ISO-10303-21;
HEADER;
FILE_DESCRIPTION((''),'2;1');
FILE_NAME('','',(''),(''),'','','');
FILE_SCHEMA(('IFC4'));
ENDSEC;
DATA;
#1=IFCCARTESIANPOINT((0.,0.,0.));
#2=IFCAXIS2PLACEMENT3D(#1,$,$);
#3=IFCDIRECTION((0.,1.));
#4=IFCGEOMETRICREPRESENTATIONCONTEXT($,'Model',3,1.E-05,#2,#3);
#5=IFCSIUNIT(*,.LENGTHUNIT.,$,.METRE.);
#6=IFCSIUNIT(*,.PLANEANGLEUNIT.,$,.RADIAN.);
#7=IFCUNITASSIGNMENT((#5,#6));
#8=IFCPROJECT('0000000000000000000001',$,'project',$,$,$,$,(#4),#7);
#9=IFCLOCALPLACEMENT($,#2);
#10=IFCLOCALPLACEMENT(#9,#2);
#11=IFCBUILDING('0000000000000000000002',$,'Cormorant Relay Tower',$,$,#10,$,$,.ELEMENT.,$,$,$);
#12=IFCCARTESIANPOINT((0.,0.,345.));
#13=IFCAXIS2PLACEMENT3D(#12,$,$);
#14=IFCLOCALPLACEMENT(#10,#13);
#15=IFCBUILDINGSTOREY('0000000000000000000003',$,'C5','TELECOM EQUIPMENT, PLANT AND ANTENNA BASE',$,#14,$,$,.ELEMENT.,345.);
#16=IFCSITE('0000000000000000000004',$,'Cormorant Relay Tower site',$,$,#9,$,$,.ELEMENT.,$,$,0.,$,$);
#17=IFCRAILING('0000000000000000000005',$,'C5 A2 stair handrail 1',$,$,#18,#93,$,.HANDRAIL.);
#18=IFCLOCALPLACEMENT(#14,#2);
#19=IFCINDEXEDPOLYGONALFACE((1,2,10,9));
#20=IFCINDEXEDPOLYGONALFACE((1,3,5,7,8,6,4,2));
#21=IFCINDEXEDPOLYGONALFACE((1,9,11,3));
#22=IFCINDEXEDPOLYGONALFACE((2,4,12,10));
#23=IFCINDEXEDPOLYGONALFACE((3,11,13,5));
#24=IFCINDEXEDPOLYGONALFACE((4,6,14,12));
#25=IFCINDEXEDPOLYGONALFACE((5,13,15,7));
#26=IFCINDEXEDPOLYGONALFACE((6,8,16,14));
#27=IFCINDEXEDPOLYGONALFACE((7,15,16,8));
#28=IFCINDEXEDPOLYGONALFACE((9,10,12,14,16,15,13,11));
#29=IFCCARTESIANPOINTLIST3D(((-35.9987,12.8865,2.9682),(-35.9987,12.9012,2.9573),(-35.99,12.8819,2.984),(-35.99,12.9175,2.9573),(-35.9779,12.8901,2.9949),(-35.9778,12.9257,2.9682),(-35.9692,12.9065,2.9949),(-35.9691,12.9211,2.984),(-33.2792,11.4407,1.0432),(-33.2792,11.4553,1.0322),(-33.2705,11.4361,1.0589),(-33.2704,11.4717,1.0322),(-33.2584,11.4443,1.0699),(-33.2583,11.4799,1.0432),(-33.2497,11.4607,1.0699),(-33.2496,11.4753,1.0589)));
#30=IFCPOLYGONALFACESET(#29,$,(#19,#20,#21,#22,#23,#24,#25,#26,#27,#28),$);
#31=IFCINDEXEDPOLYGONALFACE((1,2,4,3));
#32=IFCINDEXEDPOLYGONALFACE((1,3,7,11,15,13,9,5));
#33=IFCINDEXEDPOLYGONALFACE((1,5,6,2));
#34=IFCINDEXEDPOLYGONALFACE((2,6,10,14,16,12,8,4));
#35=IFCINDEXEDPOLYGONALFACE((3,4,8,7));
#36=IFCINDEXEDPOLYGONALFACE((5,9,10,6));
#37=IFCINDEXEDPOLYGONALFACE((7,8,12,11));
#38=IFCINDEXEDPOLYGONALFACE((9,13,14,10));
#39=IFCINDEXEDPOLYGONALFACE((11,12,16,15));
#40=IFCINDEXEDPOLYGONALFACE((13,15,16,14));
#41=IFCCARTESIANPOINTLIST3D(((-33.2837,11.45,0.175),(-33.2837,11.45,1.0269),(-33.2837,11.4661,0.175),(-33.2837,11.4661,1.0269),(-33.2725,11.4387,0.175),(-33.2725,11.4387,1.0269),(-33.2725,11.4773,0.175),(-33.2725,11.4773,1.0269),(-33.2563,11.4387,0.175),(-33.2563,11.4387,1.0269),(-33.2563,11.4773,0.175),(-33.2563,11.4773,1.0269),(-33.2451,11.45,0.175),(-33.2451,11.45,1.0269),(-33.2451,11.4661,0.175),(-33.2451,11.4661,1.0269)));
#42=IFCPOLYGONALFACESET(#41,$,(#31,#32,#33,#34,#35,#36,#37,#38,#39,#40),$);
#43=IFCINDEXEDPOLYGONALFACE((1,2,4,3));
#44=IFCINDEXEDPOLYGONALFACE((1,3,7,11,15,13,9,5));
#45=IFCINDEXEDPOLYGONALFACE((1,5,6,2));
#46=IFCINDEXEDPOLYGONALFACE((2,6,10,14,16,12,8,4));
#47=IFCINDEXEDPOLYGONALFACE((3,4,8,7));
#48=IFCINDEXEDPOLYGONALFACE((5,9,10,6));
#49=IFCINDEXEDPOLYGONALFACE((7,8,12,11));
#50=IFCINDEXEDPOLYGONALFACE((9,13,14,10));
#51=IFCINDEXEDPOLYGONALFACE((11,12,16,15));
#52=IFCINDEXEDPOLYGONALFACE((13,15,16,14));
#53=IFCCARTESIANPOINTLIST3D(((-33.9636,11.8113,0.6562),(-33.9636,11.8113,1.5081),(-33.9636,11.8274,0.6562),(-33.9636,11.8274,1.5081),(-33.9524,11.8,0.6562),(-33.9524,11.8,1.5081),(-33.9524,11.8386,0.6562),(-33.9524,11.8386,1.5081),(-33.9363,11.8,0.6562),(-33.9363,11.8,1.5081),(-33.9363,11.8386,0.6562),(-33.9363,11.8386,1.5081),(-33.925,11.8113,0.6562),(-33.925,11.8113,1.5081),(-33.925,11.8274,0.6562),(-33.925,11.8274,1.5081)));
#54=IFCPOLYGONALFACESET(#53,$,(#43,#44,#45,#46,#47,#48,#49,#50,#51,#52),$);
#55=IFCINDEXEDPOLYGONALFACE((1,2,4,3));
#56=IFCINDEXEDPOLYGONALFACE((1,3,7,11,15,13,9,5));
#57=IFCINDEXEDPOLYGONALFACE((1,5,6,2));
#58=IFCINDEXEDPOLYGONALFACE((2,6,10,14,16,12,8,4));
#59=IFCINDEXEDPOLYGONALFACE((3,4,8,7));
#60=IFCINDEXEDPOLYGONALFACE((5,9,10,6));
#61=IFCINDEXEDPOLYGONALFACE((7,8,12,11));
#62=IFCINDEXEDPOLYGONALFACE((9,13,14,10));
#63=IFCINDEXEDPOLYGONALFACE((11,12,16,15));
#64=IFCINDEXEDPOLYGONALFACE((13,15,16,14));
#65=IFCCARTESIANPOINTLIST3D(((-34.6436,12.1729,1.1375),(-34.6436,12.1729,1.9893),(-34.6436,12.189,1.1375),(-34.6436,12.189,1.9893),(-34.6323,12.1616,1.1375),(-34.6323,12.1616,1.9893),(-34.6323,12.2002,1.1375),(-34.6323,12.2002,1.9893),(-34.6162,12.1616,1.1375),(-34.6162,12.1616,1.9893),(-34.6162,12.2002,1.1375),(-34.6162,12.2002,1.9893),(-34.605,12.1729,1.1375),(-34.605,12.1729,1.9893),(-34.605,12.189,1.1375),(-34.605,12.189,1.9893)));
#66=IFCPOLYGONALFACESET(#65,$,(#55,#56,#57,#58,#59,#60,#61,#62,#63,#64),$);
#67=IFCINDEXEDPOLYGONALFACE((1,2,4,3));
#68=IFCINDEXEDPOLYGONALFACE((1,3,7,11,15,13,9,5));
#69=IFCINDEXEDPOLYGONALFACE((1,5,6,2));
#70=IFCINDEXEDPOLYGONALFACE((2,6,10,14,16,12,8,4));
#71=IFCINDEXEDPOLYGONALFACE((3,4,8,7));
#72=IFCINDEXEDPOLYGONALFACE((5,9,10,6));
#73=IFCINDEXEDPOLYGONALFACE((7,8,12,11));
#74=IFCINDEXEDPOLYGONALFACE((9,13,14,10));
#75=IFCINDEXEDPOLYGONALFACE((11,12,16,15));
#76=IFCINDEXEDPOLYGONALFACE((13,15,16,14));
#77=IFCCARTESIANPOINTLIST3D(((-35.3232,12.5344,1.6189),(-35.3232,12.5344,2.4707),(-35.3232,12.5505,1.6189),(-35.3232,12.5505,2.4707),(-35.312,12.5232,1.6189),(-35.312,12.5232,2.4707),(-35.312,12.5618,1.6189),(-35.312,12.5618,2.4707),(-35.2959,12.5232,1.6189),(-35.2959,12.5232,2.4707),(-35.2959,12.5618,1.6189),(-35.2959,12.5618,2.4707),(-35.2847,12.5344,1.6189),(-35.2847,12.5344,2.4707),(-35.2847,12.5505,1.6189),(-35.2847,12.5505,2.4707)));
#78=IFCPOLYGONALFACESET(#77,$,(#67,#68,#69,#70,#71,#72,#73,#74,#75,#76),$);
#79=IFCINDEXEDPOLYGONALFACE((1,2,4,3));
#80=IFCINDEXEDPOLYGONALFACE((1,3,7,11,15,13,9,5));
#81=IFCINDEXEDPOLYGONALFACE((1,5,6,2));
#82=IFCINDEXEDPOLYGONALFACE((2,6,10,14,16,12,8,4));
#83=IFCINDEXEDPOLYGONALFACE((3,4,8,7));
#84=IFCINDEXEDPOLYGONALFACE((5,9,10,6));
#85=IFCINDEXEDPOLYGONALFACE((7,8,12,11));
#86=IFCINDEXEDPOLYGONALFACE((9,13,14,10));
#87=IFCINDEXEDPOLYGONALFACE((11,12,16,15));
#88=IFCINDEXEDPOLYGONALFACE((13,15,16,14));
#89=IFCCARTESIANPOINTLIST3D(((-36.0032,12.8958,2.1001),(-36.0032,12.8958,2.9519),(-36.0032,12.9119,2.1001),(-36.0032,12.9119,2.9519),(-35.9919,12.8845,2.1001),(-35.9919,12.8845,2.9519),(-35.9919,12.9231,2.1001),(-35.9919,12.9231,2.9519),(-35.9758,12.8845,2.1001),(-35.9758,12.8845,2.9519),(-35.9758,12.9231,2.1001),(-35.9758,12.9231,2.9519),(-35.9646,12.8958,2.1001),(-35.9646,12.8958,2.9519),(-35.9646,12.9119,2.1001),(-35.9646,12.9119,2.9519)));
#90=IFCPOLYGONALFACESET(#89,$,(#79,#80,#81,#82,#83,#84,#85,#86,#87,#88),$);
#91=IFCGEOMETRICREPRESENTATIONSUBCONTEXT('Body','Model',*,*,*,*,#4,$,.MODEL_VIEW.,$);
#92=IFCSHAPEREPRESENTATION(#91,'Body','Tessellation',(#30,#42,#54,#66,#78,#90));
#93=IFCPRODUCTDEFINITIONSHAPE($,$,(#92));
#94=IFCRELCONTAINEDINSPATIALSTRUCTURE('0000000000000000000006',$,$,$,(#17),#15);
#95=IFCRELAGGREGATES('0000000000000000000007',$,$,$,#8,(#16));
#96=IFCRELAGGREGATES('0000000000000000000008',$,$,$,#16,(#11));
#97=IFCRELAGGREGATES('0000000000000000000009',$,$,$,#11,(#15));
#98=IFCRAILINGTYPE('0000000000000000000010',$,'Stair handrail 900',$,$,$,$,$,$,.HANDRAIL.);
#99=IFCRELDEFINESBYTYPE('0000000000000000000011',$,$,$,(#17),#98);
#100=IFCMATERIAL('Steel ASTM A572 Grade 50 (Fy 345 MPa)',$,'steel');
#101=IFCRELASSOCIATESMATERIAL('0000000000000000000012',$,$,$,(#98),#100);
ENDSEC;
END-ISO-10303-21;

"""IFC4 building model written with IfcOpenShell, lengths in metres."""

from ifc_helpers import new_model, si_unit, direction, frame, origin, place, context, subcontext, project, spatial, polyline, outline, extrude, material, type_object, element, save


model = new_model("IFC4")

# Units and contexts
model_context = context("Model", 3, precision=1e-05, world=origin(), true_north=direction((0.0, 1.0)))
body_context = subcontext(model_context, "Body", "Model", "MODEL_VIEW")
ifc_project = project(units=[si_unit("LENGTHUNIT", "METRE"), si_unit("PLANEANGLEUNIT", "RADIAN")], contexts=[model_context])

# Site, building, storey
site_placement = place(None, origin())
site = spatial("IfcSite", under=ifc_project, at=site_placement, Name="Cormorant Relay Tower site", CompositionType="ELEMENT", RefElevation=0.0)
building_placement = place(site_placement, origin())
building = spatial("IfcBuilding", under=site, at=building_placement, Name="Cormorant Relay Tower", CompositionType="ELEMENT")
storey_placement = place(building_placement, frame((0.0, 0.0, 345.0)))
storey = spatial("IfcBuildingStorey", under=building, at=storey_placement, Name="C5", Description="TELECOM EQUIPMENT, PLANT AND ANTENNA BASE", CompositionType="ELEMENT", Elevation=345.0)

# Railing
ifc_material_1 = material(Name="Steel ASTM A572 Grade 50 (Fy 345 MPa)", Category="steel")
railing_type_1 = type_object("IfcRailingType", Name="Stair handrail 900", PredefinedType="HANDRAIL", material=ifc_material_1)
railing_1_placement = place(storey_placement, frame((-33.2644, 11.458, 0.175)))
element("IfcRailing", 1, at=railing_1_placement, inside=storey, type_object=railing_type_1, Name="C5 A2 stair handrail 1", PredefinedType="HANDRAIL", context=body_context, shape_type="SweptSolid", body=[
    extrude(outline(polyline([(0.0222, 0.0093), (0.0093, 0.0222), (-0.0093, 0.0222), (-0.0222, 0.0093), (-0.0222, -0.0093), (-0.0093, -0.0222), (0.0093, -0.0222), (0.0222, -0.0093), (0.0222, 0.0093)])), frame((0.0, 0.0, 0.876), z_axis=(-0.748747, 0.398068, 0.530018), x_axis=(-0.469428, -0.882971, 0.0)), (0.0, 0.0, 1.0), 3.6321),
    extrude(outline(polyline([(0.0193, 0.0081), (0.0081, 0.0193), (-0.0081, 0.0193), (-0.0193, 0.0081), (-0.0193, -0.0081), (-0.0081, -0.0193), (0.0081, -0.0193), (0.0193, -0.0081), (0.0193, 0.0081)])), origin(), (0.0, 0.0, 1.0), 0.8518),
    extrude(outline(polyline([(0.0193, 0.0081), (0.0081, 0.0193), (-0.0081, 0.0193), (-0.0193, 0.0081), (-0.0193, -0.0081), (-0.0081, -0.0193), (0.0081, -0.0193), (0.0193, -0.0081), (0.0193, 0.0081)])), frame((-0.6799, 0.3613, 0.4812)), (0.0, 0.0, 1.0), 0.8518),
    extrude(outline(polyline([(0.0193, 0.0081), (0.0081, 0.0193), (-0.0081, 0.0193), (-0.0193, 0.0081), (-0.0193, -0.0081), (-0.0081, -0.0193), (0.0081, -0.0193), (0.0193, -0.0081), (0.0193, 0.0081)])), frame((-1.3599, 0.7229, 0.9624)), (0.0, 0.0, 1.0), 0.8518),
    extrude(outline(polyline([(0.0193, 0.0081), (0.0081, 0.0193), (-0.0081, 0.0193), (-0.0193, 0.0081), (-0.0193, -0.0081), (-0.0081, -0.0193), (0.0081, -0.0193), (0.0193, -0.0081), (0.0193, 0.0081)])), frame((-2.0396, 1.0845, 1.4438)), (0.0, 0.0, 1.0), 0.8518),
    extrude(outline(polyline([(0.0193, 0.0081), (0.0081, 0.0193), (-0.0081, 0.0193), (-0.0193, 0.0081), (-0.0193, -0.0081), (-0.0081, -0.0193), (0.0081, -0.0193), (0.0193, -0.0081), (0.0193, 0.0081)])), frame((-2.7195, 1.4458, 1.925)), (0.0, 0.0, 1.0), 0.8518),
])

save(model, "model.ifc")
